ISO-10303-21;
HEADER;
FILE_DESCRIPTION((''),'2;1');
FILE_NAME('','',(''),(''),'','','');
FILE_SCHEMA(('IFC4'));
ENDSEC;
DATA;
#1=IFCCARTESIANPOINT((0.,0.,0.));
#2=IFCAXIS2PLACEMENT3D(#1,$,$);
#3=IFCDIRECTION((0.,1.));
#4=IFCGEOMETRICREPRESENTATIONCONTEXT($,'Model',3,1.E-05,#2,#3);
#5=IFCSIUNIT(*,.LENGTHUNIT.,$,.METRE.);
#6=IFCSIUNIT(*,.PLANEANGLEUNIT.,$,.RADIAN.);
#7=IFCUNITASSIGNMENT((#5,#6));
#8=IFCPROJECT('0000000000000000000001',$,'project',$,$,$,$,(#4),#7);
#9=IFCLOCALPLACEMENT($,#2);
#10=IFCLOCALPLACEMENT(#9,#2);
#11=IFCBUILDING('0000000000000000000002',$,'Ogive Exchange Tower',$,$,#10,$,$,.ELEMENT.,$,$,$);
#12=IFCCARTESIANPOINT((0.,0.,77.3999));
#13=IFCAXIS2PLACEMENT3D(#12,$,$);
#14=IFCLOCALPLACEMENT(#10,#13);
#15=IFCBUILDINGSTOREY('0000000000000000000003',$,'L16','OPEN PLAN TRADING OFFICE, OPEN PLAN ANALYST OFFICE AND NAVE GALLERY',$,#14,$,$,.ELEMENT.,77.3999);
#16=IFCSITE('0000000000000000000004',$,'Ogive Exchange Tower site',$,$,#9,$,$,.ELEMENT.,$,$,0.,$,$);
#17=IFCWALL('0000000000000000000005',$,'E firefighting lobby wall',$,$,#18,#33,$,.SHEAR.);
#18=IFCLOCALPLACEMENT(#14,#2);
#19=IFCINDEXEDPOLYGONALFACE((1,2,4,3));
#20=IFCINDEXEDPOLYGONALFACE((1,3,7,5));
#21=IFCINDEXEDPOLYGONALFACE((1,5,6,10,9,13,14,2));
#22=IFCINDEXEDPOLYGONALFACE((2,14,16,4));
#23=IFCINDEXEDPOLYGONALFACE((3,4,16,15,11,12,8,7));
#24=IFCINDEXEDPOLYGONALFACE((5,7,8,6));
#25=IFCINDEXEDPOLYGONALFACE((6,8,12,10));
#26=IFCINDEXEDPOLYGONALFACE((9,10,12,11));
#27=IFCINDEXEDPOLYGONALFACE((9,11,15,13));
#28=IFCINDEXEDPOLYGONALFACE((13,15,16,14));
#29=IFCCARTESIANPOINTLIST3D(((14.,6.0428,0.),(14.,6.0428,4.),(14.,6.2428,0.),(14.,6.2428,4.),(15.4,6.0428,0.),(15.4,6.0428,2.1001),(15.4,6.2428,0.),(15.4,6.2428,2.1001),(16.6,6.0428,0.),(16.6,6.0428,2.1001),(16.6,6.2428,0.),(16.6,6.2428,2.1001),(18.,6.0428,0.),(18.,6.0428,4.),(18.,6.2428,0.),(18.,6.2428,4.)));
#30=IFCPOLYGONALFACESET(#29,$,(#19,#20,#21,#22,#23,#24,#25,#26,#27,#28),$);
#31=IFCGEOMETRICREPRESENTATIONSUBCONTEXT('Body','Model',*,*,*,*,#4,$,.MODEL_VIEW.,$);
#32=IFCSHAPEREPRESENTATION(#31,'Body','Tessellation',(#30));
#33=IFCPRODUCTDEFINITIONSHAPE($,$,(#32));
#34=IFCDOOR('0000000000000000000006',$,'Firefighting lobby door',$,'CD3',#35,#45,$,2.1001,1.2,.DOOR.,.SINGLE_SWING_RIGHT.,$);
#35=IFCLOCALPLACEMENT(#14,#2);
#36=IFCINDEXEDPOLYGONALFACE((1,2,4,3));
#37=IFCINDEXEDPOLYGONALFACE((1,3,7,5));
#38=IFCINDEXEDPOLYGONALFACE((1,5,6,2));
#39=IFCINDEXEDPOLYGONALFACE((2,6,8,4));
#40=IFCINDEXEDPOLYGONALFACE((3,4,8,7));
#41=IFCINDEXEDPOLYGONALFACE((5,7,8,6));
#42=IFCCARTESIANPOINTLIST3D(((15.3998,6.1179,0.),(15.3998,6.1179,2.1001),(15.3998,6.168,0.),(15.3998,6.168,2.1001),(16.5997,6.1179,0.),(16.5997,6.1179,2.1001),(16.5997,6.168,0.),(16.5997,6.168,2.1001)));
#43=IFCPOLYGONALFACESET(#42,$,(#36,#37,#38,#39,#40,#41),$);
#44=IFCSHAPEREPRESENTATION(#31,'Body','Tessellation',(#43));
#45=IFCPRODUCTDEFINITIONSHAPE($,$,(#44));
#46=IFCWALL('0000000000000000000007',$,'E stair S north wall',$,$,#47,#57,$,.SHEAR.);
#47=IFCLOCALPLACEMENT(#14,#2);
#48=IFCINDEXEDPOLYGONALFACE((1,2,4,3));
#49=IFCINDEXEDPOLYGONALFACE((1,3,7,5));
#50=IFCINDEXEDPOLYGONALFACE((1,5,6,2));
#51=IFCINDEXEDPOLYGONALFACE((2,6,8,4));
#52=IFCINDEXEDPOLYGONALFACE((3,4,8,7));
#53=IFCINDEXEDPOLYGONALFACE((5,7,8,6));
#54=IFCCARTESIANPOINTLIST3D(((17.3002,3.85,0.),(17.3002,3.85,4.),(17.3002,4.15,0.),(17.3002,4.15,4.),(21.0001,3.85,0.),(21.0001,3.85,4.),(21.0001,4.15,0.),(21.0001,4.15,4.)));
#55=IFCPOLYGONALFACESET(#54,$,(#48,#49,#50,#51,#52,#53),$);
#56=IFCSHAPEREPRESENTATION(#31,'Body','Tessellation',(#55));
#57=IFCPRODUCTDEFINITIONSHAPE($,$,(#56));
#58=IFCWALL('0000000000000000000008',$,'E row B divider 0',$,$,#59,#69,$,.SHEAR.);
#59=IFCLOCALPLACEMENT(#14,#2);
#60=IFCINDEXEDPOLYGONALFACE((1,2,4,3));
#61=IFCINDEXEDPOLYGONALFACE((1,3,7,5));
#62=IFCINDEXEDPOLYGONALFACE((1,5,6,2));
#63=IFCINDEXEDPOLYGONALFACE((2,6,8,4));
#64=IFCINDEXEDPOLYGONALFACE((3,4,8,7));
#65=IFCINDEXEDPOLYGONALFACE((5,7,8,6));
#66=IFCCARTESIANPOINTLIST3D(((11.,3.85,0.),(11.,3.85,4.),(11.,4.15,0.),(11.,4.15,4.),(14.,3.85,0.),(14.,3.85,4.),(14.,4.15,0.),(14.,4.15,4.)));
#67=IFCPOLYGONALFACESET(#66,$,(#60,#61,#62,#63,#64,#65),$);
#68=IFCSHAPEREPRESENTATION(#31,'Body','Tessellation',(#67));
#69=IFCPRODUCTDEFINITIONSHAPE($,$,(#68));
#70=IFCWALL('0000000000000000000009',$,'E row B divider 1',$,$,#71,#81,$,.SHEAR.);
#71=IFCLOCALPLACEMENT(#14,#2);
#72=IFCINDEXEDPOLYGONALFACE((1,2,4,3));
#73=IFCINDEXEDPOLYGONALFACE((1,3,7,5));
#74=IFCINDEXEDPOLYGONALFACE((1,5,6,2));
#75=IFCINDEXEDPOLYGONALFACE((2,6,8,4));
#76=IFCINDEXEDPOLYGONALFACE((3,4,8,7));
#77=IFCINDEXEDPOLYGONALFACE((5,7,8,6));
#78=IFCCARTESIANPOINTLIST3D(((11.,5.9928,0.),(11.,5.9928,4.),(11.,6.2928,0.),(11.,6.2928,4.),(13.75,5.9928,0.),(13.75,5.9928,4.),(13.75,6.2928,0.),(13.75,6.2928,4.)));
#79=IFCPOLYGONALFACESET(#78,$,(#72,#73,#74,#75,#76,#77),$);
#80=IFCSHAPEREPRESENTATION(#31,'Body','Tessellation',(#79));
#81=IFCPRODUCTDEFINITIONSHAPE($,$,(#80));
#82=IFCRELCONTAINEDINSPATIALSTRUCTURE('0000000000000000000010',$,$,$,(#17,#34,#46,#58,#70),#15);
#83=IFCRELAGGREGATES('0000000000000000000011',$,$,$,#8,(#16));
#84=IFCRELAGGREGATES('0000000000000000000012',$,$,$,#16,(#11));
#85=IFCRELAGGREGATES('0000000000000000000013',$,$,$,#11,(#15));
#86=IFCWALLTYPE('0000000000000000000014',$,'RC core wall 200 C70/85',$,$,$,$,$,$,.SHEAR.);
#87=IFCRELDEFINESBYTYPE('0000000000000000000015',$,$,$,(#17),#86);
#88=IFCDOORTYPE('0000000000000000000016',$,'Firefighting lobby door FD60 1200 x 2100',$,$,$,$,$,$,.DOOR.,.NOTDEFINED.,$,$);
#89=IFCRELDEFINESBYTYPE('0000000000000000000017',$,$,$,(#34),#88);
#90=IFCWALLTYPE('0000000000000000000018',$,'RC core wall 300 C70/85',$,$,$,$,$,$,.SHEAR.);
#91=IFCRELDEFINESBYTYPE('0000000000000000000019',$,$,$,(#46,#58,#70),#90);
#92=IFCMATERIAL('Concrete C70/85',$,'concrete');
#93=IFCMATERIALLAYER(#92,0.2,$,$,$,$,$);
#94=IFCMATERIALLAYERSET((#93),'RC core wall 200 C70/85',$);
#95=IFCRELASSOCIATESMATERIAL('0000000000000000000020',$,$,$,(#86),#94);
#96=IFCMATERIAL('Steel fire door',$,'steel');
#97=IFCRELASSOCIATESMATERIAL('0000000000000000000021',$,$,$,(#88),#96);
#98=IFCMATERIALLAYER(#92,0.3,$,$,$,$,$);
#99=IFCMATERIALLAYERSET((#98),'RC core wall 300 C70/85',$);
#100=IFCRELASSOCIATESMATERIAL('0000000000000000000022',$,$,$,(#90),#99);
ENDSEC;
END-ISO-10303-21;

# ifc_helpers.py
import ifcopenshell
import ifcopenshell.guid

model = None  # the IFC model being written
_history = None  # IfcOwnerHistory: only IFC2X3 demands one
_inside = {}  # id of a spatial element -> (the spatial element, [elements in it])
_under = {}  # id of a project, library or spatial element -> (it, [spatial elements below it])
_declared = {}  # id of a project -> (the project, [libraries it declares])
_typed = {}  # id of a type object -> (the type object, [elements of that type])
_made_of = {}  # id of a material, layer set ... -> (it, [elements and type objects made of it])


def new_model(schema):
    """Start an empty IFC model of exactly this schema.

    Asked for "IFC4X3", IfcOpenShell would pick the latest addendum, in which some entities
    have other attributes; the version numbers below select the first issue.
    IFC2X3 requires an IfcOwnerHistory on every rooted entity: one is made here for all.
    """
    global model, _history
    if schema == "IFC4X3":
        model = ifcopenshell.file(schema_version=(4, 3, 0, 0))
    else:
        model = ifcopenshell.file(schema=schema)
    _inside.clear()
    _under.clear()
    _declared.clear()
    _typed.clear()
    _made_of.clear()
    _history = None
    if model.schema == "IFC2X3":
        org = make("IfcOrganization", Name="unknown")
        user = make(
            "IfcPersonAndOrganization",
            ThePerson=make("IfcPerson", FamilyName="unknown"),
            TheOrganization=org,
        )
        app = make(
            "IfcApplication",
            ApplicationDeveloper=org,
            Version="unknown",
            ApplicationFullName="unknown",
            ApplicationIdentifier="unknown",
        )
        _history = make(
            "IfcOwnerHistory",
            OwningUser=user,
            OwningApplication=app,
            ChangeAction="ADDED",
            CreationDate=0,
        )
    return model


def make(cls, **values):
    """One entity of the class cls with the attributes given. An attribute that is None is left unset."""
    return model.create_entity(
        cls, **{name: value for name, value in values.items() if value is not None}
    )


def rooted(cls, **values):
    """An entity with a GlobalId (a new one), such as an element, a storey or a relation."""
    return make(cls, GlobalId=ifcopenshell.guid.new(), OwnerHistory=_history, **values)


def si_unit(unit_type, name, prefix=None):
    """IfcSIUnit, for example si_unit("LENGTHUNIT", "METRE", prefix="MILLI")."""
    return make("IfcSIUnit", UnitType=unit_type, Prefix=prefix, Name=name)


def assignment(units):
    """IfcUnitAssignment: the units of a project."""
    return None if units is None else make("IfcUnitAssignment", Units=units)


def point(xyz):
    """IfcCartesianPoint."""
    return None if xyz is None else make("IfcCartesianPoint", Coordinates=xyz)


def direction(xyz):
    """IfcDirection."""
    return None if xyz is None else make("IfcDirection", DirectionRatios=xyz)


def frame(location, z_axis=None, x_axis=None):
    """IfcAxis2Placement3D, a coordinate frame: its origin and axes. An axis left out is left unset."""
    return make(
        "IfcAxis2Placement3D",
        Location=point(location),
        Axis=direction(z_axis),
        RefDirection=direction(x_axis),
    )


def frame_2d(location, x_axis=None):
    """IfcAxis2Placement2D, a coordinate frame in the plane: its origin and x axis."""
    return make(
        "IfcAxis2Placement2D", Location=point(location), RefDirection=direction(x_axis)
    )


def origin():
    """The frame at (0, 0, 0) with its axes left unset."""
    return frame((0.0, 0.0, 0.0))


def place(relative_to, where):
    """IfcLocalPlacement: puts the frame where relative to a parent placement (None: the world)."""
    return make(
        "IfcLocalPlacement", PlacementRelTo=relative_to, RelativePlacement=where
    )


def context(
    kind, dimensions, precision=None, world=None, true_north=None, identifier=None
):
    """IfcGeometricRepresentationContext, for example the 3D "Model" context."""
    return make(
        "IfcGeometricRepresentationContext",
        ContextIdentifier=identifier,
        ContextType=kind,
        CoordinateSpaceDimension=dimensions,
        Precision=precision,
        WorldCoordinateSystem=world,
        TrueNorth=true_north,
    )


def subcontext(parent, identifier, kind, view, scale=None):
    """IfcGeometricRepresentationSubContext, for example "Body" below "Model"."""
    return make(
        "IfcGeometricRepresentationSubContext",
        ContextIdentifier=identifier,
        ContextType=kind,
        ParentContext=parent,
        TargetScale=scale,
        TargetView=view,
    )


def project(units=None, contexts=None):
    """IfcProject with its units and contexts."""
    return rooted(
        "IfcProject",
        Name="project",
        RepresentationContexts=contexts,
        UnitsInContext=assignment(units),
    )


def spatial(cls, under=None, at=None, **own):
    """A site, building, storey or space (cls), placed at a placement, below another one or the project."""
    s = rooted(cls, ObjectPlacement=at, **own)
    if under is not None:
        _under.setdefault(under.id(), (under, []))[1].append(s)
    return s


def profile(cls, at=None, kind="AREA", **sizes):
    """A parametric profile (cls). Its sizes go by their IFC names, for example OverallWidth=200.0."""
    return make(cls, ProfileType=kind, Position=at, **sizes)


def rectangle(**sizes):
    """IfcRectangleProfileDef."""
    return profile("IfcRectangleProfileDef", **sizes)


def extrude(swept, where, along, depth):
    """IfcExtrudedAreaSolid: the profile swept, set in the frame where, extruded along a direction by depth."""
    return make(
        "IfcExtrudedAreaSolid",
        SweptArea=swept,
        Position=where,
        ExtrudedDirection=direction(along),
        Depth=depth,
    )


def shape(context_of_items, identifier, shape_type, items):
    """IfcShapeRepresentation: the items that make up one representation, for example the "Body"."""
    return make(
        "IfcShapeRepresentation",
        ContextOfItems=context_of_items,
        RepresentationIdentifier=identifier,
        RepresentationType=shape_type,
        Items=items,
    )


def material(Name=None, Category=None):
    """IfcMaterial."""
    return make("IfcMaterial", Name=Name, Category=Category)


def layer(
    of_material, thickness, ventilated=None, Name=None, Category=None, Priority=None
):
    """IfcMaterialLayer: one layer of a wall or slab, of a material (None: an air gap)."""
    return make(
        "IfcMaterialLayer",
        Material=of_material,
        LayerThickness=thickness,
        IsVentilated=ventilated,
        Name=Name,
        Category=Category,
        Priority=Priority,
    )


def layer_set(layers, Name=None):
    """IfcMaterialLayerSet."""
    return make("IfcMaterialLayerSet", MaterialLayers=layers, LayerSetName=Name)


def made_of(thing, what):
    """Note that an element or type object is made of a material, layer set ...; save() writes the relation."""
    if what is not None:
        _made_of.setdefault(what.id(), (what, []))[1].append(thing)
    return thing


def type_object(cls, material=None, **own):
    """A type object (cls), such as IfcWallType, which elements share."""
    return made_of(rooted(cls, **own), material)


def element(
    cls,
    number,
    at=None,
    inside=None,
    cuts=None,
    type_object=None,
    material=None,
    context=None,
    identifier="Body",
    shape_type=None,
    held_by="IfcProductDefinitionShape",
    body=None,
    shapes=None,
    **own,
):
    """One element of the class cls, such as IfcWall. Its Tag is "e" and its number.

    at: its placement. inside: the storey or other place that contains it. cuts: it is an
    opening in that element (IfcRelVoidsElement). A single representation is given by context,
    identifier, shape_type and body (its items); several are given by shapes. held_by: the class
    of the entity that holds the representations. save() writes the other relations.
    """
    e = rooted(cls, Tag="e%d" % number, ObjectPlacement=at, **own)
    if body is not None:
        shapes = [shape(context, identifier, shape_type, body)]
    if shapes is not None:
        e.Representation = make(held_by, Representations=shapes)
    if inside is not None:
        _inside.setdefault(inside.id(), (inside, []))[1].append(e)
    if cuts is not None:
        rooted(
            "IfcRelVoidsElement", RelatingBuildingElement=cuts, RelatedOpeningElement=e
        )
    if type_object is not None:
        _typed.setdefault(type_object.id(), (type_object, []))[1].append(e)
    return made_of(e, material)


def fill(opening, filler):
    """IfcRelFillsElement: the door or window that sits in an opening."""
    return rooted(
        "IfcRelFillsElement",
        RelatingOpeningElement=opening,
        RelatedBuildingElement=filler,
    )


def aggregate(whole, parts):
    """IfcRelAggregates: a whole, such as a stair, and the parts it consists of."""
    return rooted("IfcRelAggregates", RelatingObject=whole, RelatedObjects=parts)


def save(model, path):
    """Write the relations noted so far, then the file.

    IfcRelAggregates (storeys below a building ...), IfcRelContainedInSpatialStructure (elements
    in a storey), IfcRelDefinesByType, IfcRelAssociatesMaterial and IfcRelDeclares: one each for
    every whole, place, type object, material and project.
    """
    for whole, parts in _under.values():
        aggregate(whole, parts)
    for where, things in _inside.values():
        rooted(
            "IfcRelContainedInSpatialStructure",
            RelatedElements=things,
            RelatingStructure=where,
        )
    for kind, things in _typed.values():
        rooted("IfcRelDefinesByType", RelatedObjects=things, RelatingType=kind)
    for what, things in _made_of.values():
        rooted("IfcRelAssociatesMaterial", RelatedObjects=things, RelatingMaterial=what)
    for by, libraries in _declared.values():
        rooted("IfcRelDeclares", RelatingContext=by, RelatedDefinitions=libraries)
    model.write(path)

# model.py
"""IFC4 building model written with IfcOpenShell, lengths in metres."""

from ifc_helpers import new_model, si_unit, direction, frame, frame_2d, origin, place, context, subcontext, project, spatial, rectangle, extrude, material, layer, layer_set, type_object, element, fill, save


model = new_model("IFC4")

# Units and contexts
model_context = context("Model", 3, precision=1e-05, world=origin(), true_north=direction((0.0, 1.0)))
body_context = subcontext(model_context, "Body", "Model", "MODEL_VIEW")
ifc_project = project(units=[si_unit("LENGTHUNIT", "METRE"), si_unit("PLANEANGLEUNIT", "RADIAN")], contexts=[model_context])

# Site, building, storey
site_placement = place(None, origin())
site = spatial("IfcSite", under=ifc_project, at=site_placement, Name="Ogive Exchange Tower site", CompositionType="ELEMENT", RefElevation=0.0)
building_placement = place(site_placement, origin())
building = spatial("IfcBuilding", under=site, at=building_placement, Name="Ogive Exchange Tower", CompositionType="ELEMENT")
storey_placement = place(building_placement, frame((0.0, 0.0, 77.3999)))
storey = spatial("IfcBuildingStorey", under=building, at=storey_placement, Name="L16", Description="OPEN PLAN TRADING OFFICE, OPEN PLAN ANALYST OFFICE AND NAVE GALLERY", CompositionType="ELEMENT", Elevation=77.3999)

# Wall, opening, door
ifc_material_1 = material(Name="Concrete C70/85", Category="concrete")
ifc_layer_1 = layer(ifc_material_1, 0.2)
ifc_layer_set_1 = layer_set([ifc_layer_1], Name="RC core wall 200 C70/85")
wall_type_1 = type_object("IfcWallType", Name="RC core wall 200 C70/85", PredefinedType="SHEAR", material=ifc_layer_set_1)
wall_1_placement = place(storey_placement, frame((14.0, 6.1428, 0.0), z_axis=(0.0, 0.0, 1.0), x_axis=(1.0, 0.0, 0.0)))
wall_1 = element("IfcWall", 1, at=wall_1_placement, inside=storey, type_object=wall_type_1, Name="E firefighting lobby wall", PredefinedType="SHEAR", context=body_context, shape_type="SweptSolid", body=[
    extrude(rectangle(XDim=4.0, YDim=0.2, at=frame_2d((2.0, 0.0))), origin(), (0.0, 0.0, 1.0), 4.0),
])
opening_placement = place(wall_1_placement, frame((1.3999, 0.0, 0.0)))
opening = element("IfcOpeningElement", 2, at=opening_placement, cuts=wall_1, PredefinedType="OPENING", context=body_context, shape_type="SweptSolid", body=[
    extrude(rectangle(XDim=1.2, YDim=2.1001, at=frame_2d((0.6001, 1.05))), frame((0.0, 0.1099, 0.0), z_axis=(0.0, -1.0, 0.0), x_axis=(1.0, 0.0, 0.0)), (0.0, 0.0, 1.0), 0.22),
])
ifc_material_2 = material(Name="Steel fire door", Category="steel")
door_type = type_object("IfcDoorType", Name="Firefighting lobby door FD60 1200 x 2100", OperationType="NOTDEFINED", PredefinedType="DOOR", material=ifc_material_2)
door_placement = place(opening_placement, frame((1.2, 0.0, 0.0), z_axis=(0.0, 0.0, 1.0), x_axis=(-1.0, 0.0, 0.0)))
door = element("IfcDoor", 3, at=door_placement, inside=storey, type_object=door_type, Name="Firefighting lobby door", ObjectType="CD3", OperationType="SINGLE_SWING_RIGHT", OverallHeight=2.1001, OverallWidth=1.2, PredefinedType="DOOR", context=body_context, shape_type="SweptSolid", body=[
    extrude(rectangle(XDim=1.2, YDim=2.1001, at=frame_2d((0.6001, 1.05))), frame((0.0, 0.0249, 0.0), z_axis=(0.0, -1.0, 0.0), x_axis=(1.0, 0.0, 0.0)), (0.0, 0.0, 1.0), 0.05),
])
fill(opening, door)

# Walls
ifc_layer_2 = layer(ifc_material_1, 0.3)
ifc_layer_set_2 = layer_set([ifc_layer_2], Name="RC core wall 300 C70/85")
wall_type_2 = type_object("IfcWallType", Name="RC core wall 300 C70/85", PredefinedType="SHEAR", material=ifc_layer_set_2)
wall_2_placement = place(storey_placement, frame((17.3, 4.0, 0.0), z_axis=(0.0, 0.0, 1.0), x_axis=(1.0, 0.0, 0.0)))
element("IfcWall", 4, at=wall_2_placement, inside=storey, type_object=wall_type_2, Name="E stair S north wall", PredefinedType="SHEAR", context=body_context, shape_type="SweptSolid", body=[
    extrude(rectangle(XDim=3.7, YDim=0.3, at=frame_2d((1.8501, 0.0))), origin(), (0.0, 0.0, 1.0), 4.0),
])
wall_3_placement = place(storey_placement, frame((11.0, 4.0, 0.0), z_axis=(0.0, 0.0, 1.0), x_axis=(1.0, 0.0, 0.0)))
element("IfcWall", 5, at=wall_3_placement, inside=storey, type_object=wall_type_2, Name="E row B divider 0", PredefinedType="SHEAR", context=body_context, shape_type="SweptSolid", body=[
    extrude(rectangle(XDim=3.0, YDim=0.3, at=frame_2d((1.5, 0.0))), origin(), (0.0, 0.0, 1.0), 4.0),
])
wall_4_placement = place(storey_placement, frame((11.0, 6.1428, 0.0), z_axis=(0.0, 0.0, 1.0), x_axis=(1.0, 0.0, 0.0)))
element("IfcWall", 6, at=wall_4_placement, inside=storey, type_object=wall_type_2, Name="E row B divider 1", PredefinedType="SHEAR", context=body_context, shape_type="SweptSolid", body=[
    extrude(rectangle(XDim=2.75, YDim=0.3, at=frame_2d((1.375, 0.0))), origin(), (0.0, 0.0, 1.0), 4.0),
])

save(model, "model.ifc")
